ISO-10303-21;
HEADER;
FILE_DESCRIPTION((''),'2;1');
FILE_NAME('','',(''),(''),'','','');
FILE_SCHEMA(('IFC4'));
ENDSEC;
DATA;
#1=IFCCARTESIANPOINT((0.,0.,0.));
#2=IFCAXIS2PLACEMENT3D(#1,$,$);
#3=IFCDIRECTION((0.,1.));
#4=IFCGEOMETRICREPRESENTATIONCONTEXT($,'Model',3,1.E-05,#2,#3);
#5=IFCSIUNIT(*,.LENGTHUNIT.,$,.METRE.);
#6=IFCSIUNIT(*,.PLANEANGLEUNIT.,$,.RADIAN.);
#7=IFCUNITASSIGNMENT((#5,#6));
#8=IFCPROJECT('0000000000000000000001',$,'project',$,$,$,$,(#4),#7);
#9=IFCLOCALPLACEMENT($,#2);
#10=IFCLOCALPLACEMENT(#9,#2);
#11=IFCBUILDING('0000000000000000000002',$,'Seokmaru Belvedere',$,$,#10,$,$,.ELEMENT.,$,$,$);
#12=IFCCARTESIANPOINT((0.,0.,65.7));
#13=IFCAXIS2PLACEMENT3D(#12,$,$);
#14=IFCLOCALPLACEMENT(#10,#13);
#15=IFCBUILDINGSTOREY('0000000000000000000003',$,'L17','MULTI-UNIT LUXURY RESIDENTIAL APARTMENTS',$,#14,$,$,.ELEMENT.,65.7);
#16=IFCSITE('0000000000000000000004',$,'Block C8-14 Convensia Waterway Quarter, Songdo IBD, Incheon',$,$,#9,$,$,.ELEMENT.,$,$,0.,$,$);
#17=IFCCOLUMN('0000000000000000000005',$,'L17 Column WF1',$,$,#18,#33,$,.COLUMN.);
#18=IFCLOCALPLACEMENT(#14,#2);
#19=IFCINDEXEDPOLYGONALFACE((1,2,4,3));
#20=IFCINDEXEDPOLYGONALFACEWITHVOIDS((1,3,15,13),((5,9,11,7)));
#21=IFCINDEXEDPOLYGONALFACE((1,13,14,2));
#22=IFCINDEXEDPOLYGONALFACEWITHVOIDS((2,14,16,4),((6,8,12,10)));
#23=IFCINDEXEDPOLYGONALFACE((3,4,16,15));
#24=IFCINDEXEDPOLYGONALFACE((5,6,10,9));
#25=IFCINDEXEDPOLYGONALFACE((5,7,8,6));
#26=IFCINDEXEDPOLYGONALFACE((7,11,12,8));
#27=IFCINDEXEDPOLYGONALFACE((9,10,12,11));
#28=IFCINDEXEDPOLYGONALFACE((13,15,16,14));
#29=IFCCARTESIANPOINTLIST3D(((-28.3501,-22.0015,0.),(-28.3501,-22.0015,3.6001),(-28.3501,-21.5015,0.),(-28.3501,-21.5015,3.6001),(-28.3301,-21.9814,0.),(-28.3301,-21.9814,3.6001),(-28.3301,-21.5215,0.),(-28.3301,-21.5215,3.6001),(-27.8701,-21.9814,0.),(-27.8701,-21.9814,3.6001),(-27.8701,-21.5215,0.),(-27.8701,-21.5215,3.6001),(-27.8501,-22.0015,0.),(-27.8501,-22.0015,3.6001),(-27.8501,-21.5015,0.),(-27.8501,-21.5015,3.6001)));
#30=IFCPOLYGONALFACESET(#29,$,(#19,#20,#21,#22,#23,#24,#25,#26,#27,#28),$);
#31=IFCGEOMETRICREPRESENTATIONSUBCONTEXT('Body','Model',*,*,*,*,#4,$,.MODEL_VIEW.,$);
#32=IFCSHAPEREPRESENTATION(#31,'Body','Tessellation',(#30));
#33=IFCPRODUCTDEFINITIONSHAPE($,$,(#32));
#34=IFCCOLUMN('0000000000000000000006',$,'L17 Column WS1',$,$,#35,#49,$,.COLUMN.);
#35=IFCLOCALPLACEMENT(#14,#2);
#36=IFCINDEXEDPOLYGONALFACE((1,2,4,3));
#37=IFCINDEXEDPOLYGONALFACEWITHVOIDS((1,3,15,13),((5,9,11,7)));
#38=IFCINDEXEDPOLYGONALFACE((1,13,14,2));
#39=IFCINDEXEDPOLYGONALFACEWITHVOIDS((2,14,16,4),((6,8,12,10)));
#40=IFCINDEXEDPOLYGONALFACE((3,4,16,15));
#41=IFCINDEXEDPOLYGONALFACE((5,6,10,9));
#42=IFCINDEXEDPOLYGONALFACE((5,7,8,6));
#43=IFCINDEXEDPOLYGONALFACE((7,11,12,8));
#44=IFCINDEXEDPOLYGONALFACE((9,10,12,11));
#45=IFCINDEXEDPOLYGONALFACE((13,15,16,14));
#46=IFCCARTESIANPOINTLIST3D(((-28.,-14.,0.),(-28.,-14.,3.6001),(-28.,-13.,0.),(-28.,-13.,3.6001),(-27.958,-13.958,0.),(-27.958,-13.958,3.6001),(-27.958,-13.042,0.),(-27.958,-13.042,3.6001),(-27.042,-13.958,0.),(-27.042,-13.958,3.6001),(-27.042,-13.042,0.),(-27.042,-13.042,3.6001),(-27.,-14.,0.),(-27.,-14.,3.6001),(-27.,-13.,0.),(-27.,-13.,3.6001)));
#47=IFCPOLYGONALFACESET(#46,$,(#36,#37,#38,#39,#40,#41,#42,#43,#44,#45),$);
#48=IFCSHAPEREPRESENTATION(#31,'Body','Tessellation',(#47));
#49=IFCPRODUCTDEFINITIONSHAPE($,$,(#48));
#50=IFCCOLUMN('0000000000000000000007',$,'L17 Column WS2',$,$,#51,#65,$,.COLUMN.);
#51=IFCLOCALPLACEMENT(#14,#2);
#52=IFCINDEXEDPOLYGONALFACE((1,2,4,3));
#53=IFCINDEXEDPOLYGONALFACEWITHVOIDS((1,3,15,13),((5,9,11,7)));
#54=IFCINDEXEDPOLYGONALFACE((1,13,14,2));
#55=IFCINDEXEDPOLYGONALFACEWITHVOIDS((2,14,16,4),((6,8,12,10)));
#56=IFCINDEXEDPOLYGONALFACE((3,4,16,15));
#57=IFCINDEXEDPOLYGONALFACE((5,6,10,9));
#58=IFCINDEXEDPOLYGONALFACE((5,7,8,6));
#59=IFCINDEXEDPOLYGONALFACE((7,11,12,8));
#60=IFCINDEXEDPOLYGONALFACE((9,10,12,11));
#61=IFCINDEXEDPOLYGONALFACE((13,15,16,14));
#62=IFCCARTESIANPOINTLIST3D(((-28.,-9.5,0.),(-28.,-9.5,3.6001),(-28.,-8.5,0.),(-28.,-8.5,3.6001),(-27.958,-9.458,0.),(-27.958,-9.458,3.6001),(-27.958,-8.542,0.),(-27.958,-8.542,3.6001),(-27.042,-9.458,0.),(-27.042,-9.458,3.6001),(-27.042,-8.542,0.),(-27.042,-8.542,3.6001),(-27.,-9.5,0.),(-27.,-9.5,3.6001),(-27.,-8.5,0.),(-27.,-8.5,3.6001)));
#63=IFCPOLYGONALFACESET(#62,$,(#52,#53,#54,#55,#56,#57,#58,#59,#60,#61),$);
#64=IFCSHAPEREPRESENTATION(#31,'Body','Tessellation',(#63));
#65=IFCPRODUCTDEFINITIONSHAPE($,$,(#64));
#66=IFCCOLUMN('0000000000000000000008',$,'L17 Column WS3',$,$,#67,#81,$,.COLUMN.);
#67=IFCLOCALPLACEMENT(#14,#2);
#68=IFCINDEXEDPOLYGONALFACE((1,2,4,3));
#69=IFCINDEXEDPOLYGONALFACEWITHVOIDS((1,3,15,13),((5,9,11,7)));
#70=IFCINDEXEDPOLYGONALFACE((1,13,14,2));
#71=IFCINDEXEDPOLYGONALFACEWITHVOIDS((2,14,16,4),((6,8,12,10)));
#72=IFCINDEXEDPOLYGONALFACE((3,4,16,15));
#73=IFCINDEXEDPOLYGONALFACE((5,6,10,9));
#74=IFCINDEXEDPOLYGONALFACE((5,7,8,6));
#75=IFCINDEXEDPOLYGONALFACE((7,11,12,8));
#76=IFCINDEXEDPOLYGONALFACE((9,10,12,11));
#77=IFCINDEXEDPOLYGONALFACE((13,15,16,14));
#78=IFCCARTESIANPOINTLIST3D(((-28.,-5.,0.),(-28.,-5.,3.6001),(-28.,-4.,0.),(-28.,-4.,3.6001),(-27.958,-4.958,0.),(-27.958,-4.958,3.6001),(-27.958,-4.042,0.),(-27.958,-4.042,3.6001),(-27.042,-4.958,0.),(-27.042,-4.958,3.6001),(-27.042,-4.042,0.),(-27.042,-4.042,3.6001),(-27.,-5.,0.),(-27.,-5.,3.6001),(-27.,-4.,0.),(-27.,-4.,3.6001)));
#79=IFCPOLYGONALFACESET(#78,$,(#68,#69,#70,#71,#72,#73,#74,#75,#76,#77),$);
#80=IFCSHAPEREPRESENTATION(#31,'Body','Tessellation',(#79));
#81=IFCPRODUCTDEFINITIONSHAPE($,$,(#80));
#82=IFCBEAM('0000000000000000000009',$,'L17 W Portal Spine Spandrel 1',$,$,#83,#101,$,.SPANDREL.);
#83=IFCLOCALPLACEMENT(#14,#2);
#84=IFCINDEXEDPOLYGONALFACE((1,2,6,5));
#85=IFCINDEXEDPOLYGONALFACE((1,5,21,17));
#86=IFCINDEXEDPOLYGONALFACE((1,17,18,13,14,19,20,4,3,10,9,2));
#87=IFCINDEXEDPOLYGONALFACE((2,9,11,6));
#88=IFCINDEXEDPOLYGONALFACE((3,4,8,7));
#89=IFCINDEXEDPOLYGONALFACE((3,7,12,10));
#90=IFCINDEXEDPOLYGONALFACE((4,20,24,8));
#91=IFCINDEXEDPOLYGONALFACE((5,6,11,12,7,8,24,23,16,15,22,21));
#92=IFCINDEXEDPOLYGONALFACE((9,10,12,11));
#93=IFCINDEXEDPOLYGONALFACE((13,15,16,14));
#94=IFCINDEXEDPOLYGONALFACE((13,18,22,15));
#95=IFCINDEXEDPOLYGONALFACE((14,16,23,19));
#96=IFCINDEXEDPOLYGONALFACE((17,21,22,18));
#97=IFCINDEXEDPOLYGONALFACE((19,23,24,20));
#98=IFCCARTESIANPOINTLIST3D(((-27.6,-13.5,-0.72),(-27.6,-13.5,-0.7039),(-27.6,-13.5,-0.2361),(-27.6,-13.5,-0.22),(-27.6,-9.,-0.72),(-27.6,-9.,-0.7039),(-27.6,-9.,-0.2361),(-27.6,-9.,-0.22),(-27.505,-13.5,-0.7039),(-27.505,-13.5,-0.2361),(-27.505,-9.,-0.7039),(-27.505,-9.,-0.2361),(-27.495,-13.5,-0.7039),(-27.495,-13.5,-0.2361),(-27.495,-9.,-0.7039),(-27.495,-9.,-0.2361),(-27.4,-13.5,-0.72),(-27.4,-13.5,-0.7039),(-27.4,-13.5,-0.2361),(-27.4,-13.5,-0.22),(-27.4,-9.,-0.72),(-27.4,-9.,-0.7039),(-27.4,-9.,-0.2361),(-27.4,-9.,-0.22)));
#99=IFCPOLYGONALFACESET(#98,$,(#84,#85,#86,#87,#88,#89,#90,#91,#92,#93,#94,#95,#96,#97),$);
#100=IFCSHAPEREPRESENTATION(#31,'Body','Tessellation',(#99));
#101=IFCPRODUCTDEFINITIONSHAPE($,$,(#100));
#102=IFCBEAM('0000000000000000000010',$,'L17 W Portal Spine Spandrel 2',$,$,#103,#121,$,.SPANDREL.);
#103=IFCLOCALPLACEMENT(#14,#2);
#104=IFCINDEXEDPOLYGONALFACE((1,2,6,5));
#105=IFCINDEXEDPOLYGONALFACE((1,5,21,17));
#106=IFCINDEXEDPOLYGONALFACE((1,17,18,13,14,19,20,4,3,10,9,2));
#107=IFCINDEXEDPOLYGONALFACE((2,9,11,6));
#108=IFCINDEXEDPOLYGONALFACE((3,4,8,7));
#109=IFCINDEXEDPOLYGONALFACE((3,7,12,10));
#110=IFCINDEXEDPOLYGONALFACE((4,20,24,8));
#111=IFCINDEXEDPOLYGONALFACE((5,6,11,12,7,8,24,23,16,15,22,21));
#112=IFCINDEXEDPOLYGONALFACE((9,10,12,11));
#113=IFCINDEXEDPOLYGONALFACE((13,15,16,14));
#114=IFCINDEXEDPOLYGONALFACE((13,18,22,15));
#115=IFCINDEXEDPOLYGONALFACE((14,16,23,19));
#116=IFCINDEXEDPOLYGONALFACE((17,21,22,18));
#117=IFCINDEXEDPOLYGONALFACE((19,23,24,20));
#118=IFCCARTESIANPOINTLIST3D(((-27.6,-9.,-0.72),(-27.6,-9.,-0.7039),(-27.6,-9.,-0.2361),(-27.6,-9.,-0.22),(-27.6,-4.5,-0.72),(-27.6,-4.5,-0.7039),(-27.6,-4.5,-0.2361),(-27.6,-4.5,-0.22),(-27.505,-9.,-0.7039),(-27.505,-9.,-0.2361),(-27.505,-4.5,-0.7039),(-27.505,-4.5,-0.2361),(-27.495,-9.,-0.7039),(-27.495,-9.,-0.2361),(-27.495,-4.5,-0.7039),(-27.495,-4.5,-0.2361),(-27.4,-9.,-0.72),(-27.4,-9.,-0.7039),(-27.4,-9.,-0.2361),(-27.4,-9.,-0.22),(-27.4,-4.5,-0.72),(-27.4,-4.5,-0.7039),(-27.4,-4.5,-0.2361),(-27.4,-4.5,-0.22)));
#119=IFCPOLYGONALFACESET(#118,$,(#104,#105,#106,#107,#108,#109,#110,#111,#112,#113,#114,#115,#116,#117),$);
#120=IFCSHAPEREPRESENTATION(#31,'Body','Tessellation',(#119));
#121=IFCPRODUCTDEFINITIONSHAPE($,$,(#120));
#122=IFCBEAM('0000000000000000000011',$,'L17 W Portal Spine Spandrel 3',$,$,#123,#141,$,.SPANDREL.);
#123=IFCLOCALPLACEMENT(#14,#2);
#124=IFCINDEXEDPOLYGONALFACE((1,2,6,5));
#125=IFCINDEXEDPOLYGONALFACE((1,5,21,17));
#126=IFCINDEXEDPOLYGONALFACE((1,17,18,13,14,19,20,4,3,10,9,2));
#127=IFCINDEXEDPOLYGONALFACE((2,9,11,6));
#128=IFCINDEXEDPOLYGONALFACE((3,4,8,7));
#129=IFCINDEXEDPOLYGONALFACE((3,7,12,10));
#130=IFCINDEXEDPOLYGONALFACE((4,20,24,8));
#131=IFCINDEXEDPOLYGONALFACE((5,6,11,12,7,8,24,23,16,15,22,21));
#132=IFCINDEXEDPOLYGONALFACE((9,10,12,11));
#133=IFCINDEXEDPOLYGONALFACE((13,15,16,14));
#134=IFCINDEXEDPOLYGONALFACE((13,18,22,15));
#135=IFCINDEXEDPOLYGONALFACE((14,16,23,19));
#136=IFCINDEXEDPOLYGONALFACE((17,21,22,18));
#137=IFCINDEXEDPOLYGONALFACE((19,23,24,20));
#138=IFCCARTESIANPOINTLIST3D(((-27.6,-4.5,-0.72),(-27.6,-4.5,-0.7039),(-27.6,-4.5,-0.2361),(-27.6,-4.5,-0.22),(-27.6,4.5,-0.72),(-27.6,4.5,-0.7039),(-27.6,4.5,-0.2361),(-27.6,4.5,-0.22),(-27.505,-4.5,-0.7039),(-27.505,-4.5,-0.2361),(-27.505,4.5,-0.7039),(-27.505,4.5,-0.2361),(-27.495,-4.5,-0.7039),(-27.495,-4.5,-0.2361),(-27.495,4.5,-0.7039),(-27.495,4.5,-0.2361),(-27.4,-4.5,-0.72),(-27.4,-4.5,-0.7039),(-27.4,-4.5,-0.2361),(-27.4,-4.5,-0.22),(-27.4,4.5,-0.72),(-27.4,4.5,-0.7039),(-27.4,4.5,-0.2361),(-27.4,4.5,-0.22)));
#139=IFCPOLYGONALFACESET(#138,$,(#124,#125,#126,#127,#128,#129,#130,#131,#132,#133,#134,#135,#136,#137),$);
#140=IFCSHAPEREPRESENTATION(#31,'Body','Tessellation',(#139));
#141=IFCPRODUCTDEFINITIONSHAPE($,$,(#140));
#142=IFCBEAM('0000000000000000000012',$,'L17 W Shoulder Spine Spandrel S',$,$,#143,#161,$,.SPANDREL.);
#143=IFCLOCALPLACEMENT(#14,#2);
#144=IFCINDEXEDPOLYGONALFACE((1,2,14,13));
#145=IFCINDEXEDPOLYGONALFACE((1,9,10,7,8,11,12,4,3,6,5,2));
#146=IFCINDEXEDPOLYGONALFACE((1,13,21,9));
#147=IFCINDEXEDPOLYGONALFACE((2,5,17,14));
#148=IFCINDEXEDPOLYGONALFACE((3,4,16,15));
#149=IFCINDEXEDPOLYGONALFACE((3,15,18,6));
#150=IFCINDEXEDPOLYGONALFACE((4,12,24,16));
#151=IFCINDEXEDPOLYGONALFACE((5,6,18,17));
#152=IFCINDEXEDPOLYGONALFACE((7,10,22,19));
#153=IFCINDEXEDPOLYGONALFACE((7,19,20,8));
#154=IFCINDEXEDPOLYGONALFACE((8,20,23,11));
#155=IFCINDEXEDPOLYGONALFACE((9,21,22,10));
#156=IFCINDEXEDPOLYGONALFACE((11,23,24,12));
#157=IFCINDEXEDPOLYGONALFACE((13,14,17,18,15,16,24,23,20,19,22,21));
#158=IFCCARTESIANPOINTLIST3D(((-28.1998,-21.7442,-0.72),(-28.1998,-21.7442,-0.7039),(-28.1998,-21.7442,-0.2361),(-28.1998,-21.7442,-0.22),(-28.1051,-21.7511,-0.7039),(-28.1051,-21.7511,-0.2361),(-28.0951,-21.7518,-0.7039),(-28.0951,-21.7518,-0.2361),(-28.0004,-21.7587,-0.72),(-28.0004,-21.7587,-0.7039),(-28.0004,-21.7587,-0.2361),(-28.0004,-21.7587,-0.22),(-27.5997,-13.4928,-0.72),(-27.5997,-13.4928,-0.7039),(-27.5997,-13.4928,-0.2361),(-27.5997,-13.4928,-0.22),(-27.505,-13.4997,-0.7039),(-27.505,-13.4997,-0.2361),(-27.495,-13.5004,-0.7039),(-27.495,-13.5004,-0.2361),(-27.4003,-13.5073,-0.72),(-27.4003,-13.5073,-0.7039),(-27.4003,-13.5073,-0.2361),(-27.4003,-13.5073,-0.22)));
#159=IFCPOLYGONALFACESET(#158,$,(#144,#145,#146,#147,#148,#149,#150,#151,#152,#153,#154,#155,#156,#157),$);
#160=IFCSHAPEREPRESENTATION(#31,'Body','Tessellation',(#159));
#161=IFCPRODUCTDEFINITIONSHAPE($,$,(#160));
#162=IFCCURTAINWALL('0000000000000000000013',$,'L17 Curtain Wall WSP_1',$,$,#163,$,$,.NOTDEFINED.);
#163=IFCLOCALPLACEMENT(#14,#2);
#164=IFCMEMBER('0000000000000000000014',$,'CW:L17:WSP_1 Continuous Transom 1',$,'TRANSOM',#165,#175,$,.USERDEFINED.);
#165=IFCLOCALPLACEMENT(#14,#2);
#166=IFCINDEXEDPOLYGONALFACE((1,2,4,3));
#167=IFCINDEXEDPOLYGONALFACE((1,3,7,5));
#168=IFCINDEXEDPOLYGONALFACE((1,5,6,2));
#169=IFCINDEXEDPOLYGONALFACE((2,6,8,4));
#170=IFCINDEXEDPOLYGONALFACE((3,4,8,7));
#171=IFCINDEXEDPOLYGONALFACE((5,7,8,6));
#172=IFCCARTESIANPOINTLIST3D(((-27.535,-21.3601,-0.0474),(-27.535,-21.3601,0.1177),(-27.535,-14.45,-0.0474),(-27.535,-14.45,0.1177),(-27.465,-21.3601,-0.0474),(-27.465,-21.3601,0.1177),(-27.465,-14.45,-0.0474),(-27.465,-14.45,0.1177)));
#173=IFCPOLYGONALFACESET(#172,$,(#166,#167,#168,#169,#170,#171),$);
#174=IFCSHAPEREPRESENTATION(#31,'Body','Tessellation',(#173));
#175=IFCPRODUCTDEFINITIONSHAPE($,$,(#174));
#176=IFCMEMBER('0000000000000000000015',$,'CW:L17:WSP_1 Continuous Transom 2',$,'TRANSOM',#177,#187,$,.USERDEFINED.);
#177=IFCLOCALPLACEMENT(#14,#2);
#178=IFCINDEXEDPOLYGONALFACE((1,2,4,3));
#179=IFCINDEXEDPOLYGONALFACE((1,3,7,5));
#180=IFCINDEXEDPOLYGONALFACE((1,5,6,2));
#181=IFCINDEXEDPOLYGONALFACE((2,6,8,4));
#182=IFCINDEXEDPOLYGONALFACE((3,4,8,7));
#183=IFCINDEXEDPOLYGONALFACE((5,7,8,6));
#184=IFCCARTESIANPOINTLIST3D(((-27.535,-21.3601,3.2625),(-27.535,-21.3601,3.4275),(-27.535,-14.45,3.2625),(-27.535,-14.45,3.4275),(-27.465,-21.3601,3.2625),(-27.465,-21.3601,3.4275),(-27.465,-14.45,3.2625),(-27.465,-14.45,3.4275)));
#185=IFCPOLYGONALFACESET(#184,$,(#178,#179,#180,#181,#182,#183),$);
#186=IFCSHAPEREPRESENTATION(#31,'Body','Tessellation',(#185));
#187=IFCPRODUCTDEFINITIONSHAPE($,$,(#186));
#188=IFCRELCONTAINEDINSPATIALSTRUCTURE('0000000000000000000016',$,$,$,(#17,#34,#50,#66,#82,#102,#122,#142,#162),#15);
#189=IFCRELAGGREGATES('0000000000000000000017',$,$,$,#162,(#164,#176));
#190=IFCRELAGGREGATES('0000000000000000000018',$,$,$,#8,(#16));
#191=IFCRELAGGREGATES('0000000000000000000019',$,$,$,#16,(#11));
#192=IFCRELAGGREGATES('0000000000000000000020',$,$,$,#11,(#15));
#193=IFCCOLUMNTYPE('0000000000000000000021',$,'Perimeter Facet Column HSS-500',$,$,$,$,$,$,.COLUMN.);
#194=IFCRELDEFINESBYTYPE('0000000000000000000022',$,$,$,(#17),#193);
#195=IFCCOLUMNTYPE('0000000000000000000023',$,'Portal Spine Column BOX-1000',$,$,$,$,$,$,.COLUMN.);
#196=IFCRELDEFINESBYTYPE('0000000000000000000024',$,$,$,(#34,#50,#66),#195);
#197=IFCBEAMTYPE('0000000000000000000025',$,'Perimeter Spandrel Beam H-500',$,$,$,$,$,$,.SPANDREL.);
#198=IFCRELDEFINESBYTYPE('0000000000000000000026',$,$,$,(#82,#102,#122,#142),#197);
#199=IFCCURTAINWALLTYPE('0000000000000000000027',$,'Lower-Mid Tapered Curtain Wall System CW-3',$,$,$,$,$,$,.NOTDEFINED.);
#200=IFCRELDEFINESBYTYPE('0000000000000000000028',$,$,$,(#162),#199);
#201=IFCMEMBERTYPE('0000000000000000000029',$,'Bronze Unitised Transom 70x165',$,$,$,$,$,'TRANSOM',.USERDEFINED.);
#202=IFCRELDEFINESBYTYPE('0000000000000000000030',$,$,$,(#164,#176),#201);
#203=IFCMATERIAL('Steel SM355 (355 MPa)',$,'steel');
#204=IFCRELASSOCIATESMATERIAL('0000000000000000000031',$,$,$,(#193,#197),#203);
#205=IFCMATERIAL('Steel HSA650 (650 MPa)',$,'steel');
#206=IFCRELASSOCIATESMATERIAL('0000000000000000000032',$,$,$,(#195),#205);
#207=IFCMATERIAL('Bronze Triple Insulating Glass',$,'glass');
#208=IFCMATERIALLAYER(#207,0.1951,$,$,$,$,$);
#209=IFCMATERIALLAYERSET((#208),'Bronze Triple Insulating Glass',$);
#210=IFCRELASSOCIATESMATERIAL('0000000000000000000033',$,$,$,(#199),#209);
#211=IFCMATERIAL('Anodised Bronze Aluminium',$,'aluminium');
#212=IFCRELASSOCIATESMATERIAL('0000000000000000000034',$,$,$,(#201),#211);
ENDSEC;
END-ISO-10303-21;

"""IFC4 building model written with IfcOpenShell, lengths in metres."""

from ifc_helpers import new_model, si_unit, direction, frame, origin, origin_2d, place, context, subcontext, project, spatial, rectangle, hollow_rectangle, i_section, extrude, source, transform, mapped, material, layer, layer_set, material_profile, profile_set, type_object, type_shapes, element, aggregate, save


model = new_model("IFC4")

# Units and contexts
model_context = context("Model", 3, precision=1e-05, world=origin(), true_north=direction((0.0, 1.0)))
body_context = subcontext(model_context, "Body", "Model", "MODEL_VIEW")
ifc_project = project(units=[si_unit("LENGTHUNIT", "METRE"), si_unit("PLANEANGLEUNIT", "RADIAN")], contexts=[model_context])

# Site, building, storey
site_placement = place(None, origin())
site = spatial("IfcSite", under=ifc_project, at=site_placement, Name="Block C8-14 Convensia Waterway Quarter, Songdo IBD, Incheon", CompositionType="ELEMENT", RefElevation=0.0)
building_placement = place(site_placement, origin())
building = spatial("IfcBuilding", under=site, at=building_placement, Name="Seokmaru Belvedere", CompositionType="ELEMENT")
storey_placement = place(building_placement, frame((0.0, 0.0, 65.7)))
storey = spatial("IfcBuildingStorey", under=building, at=storey_placement, Name="L17", Description="MULTI-UNIT LUXURY RESIDENTIAL APARTMENTS", CompositionType="ELEMENT", Elevation=65.7)

# Columns
ifc_material_1 = material(Name="Steel SM355 (355 MPa)", Category="steel")
ifc_material_profile_1 = material_profile(ifc_material_1, hollow_rectangle(XDim=0.5, YDim=0.5, WallThickness=0.02, at=origin_2d()), Name="HSS-500x500x20")
ifc_profile_set_1 = profile_set([ifc_material_profile_1], Name="Steel SM355 (355 MPa)")
column_type_1 = type_object("IfcColumnType", Name="Perimeter Facet Column HSS-500", PredefinedType="COLUMN", material=ifc_profile_set_1)
shared_shape_1 = source(origin(), body_context, "Body", "SweptSolid", [
    extrude(hollow_rectangle(XDim=0.5, YDim=0.5, WallThickness=0.02, at=origin_2d()), origin(), (0.0, 0.0, 1.0), 3.6001),
])
type_shapes(column_type_1, [shared_shape_1])
column_placement = place(storey_placement, frame((-28.1001, -21.7515, 0.0), z_axis=(0.0, 0.0, 1.0), x_axis=(1.0, 0.0, 0.0)))
element("IfcColumn", 1, at=column_placement, inside=storey, type_object=column_type_1, Name="L17 Column WF1", PredefinedType="COLUMN", context=body_context, shape_type="MappedRepresentation", body=[
    mapped(shared_shape_1, transform((0.0, 0.0, 0.0), scale=1.0)),
])
ifc_material_2 = material(Name="Steel HSA650 (650 MPa)", Category="steel")
ifc_material_profile_2 = material_profile(ifc_material_2, hollow_rectangle(XDim=1.0, YDim=1.0, WallThickness=0.042, at=origin_2d()), Name="BOX-1000x1000x42")
ifc_profile_set_2 = profile_set([ifc_material_profile_2], Name="Steel HSA650 (650 MPa)")
column_type_2 = type_object("IfcColumnType", Name="Portal Spine Column BOX-1000", PredefinedType="COLUMN", material=ifc_profile_set_2)
shared_shape_2 = source(origin(), body_context, "Body", "SweptSolid", [
    extrude(hollow_rectangle(XDim=1.0, YDim=1.0, WallThickness=0.042, at=origin_2d()), origin(), (0.0, 0.0, 1.0), 3.6001),
])
type_shapes(column_type_2, [shared_shape_2])
for number, where, z_axis, x_axis, name in (
    (2, (-27.5, -13.5, 0.0), (0.0, 0.0, 1.0), (1.0, 0.0, 0.0), "L17 Column WS1"),
    (3, (-27.5, -9.0, 0.0), (0.0, 0.0, 1.0), (1.0, 0.0, 0.0), "L17 Column WS2"),
    (4, (-27.5, -4.5, 0.0), (0.0, 0.0, 1.0), (1.0, 0.0, 0.0), "L17 Column WS3"),
):
    element("IfcColumn", number, at=place(storey_placement, frame(where, z_axis=z_axis, x_axis=x_axis)), inside=storey, type_object=column_type_2, Name=name, PredefinedType="COLUMN", context=body_context, shape_type="MappedRepresentation", body=[
        mapped(shared_shape_2, transform((0.0, 0.0, 0.0), scale=1.0)),
    ])

# Beams
ifc_material_profile_3 = material_profile(ifc_material_1, i_section(OverallWidth=0.2, OverallDepth=0.5, WebThickness=0.01, FlangeThickness=0.0161, at=origin_2d()), Name="H-500x200x10x16")
ifc_profile_set_3 = profile_set([ifc_material_profile_3], Name="Steel SM355 (355 MPa)")
beam_type = type_object("IfcBeamType", Name="Perimeter Spandrel Beam H-500", PredefinedType="SPANDREL", material=ifc_profile_set_3)
shared_shape_3 = source(origin(), body_context, "Body", "SweptSolid", [
    extrude(i_section(OverallWidth=0.2, OverallDepth=0.5, WebThickness=0.01, FlangeThickness=0.0161, at=origin_2d()), origin(), (0.0, 0.0, 1.0), 4.5),
])
for number, where, z_axis, x_axis, name in (
    (5, (-27.5, -13.5, -0.47), (0.0, 1.0, 0.0), (-1.0, 0.0, 0.0), "L17 W Portal Spine Spandrel 1"),
    (6, (-27.5, -9.0, -0.47), (0.0, 1.0, 0.0), (-1.0, 0.0, 0.0), "L17 W Portal Spine Spandrel 2"),
):
    element("IfcBeam", number, at=place(storey_placement, frame(where, z_axis=z_axis, x_axis=x_axis)), inside=storey, type_object=beam_type, Name=name, PredefinedType="SPANDREL", context=body_context, shape_type="MappedRepresentation", body=[
        mapped(shared_shape_3, transform((0.0, 0.0, 0.0), scale=1.0)),
    ])
shared_shape_4 = source(origin(), body_context, "Body", "SweptSolid", [
    extrude(i_section(OverallWidth=0.2, OverallDepth=0.5, WebThickness=0.01, FlangeThickness=0.0161, at=origin_2d()), origin(), (0.0, 0.0, 1.0), 9.0),
])
beam_1_placement = place(storey_placement, frame((-27.5, -4.5, -0.47), z_axis=(0.0, 1.0, 0.0), x_axis=(-1.0, 0.0, 0.0)))
element("IfcBeam", 7, at=beam_1_placement, inside=storey, type_object=beam_type, Name="L17 W Portal Spine Spandrel 3", PredefinedType="SPANDREL", context=body_context, shape_type="MappedRepresentation", body=[
    mapped(shared_shape_4, transform((0.0, 0.0, 0.0), scale=1.0)),
])
shared_shape_5 = source(origin(), body_context, "Body", "SweptSolid", [
    extrude(i_section(OverallWidth=0.2, OverallDepth=0.5, WebThickness=0.01, FlangeThickness=0.0161, at=origin_2d()), origin(), (0.0, 0.0, 1.0), 8.2732),
])
type_shapes(beam_type, [shared_shape_3, shared_shape_4, shared_shape_5])
beam_2_placement = place(storey_placement, frame((-28.1001, -21.7515, -0.47), z_axis=(0.072535, 0.997366, 0.0), x_axis=(-0.997366, 0.072535, 0.0)))
element("IfcBeam", 8, at=beam_2_placement, inside=storey, type_object=beam_type, Name="L17 W Shoulder Spine Spandrel S", PredefinedType="SPANDREL", context=body_context, shape_type="MappedRepresentation", body=[
    mapped(shared_shape_5, transform((0.0, 0.0, 0.0), scale=1.0)),
])

# Curtain wall, members
ifc_material_3 = material(Name="Bronze Triple Insulating Glass", Category="glass")
ifc_layer_1 = layer(ifc_material_3, 0.1951)
ifc_layer_set_1 = layer_set([ifc_layer_1], Name="Bronze Triple Insulating Glass")
curtain_wall_type = type_object("IfcCurtainWallType", Name="Lower-Mid Tapered Curtain Wall System CW-3", PredefinedType="NOTDEFINED", material=ifc_layer_set_1)
curtain_wall_1_placement = place(storey_placement, origin())
curtain_wall_1 = element("IfcCurtainWall", 9, at=curtain_wall_1_placement, inside=storey, type_object=curtain_wall_type, Name="L17 Curtain Wall WSP_1", PredefinedType="NOTDEFINED")
ifc_material_4 = material(Name="Anodised Bronze Aluminium", Category="aluminium")
ifc_material_profile_4 = material_profile(ifc_material_4, rectangle(XDim=0.0701, YDim=0.165, at=origin_2d()), Name="CW-T-70x165")
ifc_profile_set_4 = profile_set([ifc_material_profile_4], Name="Anodised Bronze Aluminium")
member_type_1 = type_object("IfcMemberType", Name="Bronze Unitised Transom 70x165", ElementType="TRANSOM", PredefinedType="USERDEFINED", material=ifc_profile_set_4)
shared_shape_6 = source(origin(), body_context, "Body", "SweptSolid", [
    extrude(rectangle(XDim=0.0701, YDim=0.165, at=origin_2d()), origin(), (0.0, 0.0, 1.0), 6.9102),
])
member_1_placement = place(storey_placement, frame((-27.5, -21.3601, 0.0352), z_axis=(0.0, 1.0, 0.0), x_axis=(-1.0, 0.0, 0.0)))
member_1 = element("IfcMember", 10, at=member_1_placement, type_object=member_type_1, Name="CW:L17:WSP_1 Continuous Transom 1", ObjectType="TRANSOM", PredefinedType="USERDEFINED", context=body_context, shape_type="MappedRepresentation", body=[
    mapped(shared_shape_6, transform((0.0, 0.0, 0.0), scale=1.0)),
])
member_2_placement = place(storey_placement, frame((-27.5, -21.3601, 3.345), z_axis=(0.0, 1.0, 0.0), x_axis=(-1.0, 0.0, 0.0)))
member_2 = element("IfcMember", 11, at=member_2_placement, type_object=member_type_1, Name="CW:L17:WSP_1 Continuous Transom 2", ObjectType="TRANSOM", PredefinedType="USERDEFINED", context=body_context, shape_type="MappedRepresentation", body=[
    mapped(shared_shape_6, transform((0.0, 0.0, 0.0), scale=1.0)),
])

aggregate(curtain_wall_1, [member_1, member_2])

save(model, "model.ifc")
